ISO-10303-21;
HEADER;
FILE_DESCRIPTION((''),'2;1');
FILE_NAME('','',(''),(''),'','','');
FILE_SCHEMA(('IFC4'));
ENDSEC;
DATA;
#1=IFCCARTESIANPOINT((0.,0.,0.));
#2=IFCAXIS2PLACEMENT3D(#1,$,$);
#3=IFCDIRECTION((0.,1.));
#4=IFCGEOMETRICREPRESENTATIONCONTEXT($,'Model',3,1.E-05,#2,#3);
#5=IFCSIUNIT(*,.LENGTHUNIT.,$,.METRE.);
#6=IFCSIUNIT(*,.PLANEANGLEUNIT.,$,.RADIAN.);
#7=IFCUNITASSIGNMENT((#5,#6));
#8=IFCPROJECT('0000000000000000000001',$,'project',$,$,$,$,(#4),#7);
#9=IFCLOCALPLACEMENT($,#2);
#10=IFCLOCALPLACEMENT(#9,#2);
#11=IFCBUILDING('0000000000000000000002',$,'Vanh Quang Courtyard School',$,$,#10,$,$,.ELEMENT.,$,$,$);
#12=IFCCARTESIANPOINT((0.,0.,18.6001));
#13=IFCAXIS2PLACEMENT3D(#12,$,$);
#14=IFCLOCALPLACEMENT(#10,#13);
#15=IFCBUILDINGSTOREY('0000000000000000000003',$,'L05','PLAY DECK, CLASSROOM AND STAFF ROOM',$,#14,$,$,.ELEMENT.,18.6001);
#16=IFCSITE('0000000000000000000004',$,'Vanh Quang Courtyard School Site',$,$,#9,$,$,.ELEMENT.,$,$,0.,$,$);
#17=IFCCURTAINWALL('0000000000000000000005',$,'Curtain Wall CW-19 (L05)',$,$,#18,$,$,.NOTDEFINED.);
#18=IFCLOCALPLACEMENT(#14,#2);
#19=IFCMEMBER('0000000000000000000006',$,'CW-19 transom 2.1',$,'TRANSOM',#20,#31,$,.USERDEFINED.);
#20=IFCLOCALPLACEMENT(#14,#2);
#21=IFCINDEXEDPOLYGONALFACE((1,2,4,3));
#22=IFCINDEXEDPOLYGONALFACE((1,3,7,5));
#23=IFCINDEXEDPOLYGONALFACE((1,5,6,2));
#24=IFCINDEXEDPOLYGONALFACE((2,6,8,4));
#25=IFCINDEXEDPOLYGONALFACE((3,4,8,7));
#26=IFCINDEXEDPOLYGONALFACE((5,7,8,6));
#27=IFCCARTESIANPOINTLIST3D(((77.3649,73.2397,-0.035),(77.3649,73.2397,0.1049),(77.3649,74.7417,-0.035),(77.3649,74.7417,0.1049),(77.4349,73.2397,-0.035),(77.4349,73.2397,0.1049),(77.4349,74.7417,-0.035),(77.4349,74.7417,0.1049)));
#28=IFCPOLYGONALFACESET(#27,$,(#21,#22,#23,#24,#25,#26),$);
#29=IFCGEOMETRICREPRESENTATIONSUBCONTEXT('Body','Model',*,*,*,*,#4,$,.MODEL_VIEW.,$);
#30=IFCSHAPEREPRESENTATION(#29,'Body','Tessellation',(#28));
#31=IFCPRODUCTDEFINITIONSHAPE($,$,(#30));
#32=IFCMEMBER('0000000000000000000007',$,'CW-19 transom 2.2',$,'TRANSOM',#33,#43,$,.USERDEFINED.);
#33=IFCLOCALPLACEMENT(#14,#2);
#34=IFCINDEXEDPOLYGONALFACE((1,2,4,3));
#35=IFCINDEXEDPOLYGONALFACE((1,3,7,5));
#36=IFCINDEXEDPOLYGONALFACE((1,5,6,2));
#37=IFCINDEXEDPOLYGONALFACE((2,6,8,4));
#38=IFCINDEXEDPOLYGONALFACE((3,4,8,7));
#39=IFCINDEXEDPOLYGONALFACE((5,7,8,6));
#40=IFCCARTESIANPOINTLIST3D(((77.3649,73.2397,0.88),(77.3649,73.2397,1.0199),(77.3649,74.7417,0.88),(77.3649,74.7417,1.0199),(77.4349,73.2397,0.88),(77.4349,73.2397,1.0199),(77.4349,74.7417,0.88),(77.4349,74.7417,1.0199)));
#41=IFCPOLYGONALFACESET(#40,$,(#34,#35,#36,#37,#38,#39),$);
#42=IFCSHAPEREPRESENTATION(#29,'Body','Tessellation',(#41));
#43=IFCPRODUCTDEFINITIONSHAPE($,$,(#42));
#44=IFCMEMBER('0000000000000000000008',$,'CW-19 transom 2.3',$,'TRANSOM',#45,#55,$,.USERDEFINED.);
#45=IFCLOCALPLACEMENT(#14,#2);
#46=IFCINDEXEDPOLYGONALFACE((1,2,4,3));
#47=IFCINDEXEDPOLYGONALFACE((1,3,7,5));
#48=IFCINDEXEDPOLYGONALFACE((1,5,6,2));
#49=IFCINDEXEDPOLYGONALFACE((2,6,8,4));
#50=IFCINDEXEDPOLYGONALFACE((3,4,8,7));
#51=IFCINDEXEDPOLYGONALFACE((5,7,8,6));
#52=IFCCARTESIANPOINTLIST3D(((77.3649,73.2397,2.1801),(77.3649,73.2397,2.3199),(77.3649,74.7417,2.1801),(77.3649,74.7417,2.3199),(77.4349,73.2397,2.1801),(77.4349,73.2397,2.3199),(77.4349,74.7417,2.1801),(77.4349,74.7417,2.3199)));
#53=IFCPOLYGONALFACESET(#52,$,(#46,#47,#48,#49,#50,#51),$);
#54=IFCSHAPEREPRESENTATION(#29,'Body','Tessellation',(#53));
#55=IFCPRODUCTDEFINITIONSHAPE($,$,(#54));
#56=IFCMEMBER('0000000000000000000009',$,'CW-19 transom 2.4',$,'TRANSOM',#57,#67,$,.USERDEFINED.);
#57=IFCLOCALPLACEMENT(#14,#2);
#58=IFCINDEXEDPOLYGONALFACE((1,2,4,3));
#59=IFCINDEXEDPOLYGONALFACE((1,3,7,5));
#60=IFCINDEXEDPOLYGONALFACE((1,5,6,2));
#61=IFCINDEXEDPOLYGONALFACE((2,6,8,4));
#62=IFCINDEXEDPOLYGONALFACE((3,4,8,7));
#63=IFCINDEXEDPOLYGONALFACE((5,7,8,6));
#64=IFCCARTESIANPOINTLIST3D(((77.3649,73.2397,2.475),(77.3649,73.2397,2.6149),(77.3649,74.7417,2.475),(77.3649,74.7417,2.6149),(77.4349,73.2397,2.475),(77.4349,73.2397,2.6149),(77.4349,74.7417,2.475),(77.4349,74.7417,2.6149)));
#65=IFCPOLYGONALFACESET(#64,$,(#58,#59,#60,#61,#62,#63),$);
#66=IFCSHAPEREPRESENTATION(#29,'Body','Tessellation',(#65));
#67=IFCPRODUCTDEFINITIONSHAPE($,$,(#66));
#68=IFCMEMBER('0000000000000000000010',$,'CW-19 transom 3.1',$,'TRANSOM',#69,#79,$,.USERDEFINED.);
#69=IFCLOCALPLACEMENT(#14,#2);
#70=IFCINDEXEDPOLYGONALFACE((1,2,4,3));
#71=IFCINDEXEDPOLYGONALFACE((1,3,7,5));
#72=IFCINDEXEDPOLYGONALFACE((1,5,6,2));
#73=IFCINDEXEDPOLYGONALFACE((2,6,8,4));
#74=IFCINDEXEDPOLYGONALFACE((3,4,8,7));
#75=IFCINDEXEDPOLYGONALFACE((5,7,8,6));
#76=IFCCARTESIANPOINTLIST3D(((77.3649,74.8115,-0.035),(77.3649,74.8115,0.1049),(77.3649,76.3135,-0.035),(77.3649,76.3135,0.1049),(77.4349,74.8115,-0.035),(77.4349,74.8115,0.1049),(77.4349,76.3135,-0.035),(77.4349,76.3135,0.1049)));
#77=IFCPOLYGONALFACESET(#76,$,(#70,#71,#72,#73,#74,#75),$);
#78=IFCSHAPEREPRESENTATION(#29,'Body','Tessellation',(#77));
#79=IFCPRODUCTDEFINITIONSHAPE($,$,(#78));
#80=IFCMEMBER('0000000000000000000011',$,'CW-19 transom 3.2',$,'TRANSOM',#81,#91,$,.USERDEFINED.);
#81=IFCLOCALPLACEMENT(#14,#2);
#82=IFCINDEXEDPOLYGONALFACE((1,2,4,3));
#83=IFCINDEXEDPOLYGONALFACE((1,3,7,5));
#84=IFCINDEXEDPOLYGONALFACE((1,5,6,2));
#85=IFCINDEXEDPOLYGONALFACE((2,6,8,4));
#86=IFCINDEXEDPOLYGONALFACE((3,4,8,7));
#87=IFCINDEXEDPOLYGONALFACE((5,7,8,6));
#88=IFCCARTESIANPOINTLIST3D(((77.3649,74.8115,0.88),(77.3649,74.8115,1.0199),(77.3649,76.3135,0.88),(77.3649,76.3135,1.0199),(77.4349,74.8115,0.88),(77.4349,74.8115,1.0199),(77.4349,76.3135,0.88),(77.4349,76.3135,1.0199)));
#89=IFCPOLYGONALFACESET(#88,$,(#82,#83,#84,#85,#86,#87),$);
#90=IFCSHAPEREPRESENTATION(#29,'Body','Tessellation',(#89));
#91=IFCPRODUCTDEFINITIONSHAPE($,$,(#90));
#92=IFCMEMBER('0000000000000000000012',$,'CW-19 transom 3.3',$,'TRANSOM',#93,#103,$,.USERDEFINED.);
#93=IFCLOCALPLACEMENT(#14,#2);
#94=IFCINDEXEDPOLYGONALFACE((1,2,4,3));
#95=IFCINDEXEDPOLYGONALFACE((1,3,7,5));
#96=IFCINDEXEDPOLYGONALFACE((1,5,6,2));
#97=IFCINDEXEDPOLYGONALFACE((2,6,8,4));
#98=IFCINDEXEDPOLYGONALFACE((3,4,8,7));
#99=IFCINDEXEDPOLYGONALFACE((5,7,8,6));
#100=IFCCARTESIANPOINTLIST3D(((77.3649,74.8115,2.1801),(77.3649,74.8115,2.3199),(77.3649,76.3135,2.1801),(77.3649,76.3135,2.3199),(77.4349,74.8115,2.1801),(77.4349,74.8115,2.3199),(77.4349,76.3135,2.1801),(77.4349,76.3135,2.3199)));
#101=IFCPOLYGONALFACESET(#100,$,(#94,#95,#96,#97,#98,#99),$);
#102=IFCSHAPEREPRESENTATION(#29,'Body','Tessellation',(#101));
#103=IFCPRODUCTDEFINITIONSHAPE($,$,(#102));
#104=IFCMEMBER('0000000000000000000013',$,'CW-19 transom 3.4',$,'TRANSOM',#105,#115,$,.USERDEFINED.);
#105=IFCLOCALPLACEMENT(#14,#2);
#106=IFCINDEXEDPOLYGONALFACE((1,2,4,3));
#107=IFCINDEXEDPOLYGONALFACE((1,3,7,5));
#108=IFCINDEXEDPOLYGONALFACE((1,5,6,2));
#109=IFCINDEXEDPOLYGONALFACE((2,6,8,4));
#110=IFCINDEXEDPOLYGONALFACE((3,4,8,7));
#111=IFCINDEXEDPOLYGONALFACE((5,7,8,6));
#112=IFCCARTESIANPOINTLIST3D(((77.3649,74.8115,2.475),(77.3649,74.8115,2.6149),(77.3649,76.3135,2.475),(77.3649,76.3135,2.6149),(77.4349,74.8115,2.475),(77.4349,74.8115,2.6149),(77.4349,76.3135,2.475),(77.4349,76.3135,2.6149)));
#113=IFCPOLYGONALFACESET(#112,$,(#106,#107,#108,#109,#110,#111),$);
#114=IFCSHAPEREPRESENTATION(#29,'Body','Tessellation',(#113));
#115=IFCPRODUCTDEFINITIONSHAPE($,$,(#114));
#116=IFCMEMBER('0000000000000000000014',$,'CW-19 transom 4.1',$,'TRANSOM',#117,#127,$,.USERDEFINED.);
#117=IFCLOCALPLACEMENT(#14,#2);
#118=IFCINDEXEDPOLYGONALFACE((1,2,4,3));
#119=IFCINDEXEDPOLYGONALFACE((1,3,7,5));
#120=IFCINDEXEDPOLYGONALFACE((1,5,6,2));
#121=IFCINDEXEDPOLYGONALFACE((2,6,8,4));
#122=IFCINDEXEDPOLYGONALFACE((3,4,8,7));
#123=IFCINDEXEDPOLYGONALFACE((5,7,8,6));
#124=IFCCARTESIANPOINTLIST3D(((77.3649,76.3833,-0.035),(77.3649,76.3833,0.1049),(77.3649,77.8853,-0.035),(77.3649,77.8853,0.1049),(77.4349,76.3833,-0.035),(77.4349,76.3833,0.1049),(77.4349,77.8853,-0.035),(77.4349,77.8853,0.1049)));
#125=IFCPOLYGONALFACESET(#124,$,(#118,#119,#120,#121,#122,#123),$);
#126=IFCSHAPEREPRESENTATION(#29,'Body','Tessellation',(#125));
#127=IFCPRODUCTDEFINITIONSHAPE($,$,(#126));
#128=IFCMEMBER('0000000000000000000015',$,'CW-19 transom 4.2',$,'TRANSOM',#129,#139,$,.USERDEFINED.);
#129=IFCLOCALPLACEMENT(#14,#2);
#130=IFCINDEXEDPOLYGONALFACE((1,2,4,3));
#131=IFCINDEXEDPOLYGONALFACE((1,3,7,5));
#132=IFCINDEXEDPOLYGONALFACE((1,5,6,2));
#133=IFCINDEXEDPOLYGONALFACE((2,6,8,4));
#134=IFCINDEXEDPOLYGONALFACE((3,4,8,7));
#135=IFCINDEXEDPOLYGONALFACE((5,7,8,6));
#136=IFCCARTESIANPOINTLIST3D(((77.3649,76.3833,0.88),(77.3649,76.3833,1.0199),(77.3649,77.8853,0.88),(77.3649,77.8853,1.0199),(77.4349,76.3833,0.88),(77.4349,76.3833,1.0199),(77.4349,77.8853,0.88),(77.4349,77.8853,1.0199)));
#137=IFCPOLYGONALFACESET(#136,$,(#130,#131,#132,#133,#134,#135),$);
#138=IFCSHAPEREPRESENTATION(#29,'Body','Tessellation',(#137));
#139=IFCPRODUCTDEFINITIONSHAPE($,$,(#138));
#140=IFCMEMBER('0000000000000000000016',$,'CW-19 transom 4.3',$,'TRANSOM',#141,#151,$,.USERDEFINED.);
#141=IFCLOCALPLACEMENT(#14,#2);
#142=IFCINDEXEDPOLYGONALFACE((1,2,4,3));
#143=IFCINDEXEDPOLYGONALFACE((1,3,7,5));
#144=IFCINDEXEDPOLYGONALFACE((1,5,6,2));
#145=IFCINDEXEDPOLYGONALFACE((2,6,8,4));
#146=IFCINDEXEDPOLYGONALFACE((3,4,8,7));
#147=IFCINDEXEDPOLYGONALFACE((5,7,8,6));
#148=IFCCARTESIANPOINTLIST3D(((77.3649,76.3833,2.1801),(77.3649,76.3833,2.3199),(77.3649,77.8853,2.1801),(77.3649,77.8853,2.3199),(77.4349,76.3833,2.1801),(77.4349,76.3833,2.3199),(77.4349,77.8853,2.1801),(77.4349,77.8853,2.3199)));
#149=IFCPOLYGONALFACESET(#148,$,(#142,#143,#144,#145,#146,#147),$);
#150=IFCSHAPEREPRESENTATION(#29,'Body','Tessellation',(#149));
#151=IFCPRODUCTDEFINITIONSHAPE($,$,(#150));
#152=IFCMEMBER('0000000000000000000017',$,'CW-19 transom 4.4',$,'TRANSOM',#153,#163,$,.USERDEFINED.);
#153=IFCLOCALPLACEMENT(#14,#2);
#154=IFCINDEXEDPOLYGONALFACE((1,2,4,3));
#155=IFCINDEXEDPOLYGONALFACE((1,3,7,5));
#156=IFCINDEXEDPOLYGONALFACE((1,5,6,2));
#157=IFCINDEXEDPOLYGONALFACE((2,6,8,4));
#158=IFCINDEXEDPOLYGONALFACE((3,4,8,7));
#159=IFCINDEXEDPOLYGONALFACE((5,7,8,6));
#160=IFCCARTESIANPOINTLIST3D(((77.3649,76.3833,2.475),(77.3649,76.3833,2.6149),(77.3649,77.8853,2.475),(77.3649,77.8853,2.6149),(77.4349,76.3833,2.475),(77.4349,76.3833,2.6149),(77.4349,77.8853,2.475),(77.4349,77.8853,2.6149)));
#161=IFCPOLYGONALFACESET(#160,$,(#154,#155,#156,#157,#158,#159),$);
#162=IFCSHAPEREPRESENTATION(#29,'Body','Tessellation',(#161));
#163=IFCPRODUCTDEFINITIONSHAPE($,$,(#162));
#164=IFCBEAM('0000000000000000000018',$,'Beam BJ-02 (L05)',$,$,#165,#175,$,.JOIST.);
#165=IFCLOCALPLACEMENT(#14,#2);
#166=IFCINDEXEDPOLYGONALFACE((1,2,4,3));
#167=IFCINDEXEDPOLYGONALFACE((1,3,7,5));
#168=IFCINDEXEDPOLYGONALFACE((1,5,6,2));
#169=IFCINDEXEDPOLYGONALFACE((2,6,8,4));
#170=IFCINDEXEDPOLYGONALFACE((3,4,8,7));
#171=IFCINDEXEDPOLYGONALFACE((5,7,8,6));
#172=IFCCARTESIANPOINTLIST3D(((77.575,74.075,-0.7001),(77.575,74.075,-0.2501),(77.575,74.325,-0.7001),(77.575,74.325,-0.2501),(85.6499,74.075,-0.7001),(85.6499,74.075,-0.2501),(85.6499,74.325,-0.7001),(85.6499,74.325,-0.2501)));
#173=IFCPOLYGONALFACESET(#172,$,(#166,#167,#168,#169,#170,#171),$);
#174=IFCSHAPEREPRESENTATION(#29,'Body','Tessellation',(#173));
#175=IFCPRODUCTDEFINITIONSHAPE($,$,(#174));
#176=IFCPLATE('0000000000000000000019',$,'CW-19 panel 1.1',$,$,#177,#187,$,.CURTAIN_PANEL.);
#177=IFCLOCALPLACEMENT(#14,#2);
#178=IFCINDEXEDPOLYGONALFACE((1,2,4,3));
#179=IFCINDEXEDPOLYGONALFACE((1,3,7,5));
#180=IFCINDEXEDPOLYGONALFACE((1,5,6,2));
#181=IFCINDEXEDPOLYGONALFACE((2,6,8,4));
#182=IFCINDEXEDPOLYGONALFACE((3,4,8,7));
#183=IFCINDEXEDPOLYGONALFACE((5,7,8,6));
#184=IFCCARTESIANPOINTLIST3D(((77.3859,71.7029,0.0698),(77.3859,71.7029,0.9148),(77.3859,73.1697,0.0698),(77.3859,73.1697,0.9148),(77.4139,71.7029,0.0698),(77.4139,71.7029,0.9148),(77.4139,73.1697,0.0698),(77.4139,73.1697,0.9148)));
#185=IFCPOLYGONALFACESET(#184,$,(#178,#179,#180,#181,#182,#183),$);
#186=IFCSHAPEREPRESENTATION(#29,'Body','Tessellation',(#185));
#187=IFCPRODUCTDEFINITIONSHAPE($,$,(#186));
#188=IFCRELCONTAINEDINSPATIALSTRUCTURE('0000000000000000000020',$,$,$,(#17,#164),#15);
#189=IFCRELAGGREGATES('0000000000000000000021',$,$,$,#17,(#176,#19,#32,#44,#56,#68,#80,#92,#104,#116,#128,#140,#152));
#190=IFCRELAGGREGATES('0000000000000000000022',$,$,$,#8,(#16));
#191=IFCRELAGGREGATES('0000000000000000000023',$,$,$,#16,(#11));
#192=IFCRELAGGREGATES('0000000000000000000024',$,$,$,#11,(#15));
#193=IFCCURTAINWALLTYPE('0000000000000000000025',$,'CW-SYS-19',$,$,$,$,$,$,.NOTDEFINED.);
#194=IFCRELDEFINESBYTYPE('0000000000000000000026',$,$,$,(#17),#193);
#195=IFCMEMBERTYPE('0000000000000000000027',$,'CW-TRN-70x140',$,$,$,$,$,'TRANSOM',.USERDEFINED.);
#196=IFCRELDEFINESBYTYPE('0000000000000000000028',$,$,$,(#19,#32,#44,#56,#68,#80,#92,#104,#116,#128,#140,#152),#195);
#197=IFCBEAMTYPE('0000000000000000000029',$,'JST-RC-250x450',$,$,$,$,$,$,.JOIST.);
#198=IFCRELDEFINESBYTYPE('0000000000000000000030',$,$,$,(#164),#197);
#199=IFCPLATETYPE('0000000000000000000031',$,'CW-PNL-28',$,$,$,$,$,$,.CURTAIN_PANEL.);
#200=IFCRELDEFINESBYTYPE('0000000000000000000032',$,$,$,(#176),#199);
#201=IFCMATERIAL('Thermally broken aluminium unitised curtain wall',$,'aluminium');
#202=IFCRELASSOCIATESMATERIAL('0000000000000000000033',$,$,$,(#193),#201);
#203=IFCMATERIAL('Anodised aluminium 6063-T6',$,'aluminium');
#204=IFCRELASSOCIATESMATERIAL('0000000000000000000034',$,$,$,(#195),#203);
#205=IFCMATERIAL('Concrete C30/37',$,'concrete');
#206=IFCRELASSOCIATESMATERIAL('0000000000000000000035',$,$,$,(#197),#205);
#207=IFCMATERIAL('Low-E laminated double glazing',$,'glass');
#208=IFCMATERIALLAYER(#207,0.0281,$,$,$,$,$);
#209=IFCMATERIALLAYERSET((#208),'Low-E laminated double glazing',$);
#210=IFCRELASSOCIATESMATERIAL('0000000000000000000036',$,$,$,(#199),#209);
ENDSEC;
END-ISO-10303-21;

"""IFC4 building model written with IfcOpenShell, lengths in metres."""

from ifc_helpers import new_model, si_unit, direction, frame, origin, origin_2d, place, context, subcontext, project, spatial, rectangle, extrude, material, layer, layer_set, material_profile, profile_set, type_object, element, aggregate, save


model = new_model("IFC4")

# Units and contexts
model_context = context("Model", 3, precision=1e-05, world=origin(), true_north=direction((0.0, 1.0)))
body_context = subcontext(model_context, "Body", "Model", "MODEL_VIEW")
ifc_project = project(units=[si_unit("LENGTHUNIT", "METRE"), si_unit("PLANEANGLEUNIT", "RADIAN")], contexts=[model_context])

# Site, building, storey
site_placement = place(None, origin())
site = spatial("IfcSite", under=ifc_project, at=site_placement, Name="Vanh Quang Courtyard School Site", CompositionType="ELEMENT", RefElevation=0.0)
building_placement = place(site_placement, origin())
building = spatial("IfcBuilding", under=site, at=building_placement, Name="Vanh Quang Courtyard School", CompositionType="ELEMENT")
storey_placement = place(building_placement, frame((0.0, 0.0, 18.6001)))
storey = spatial("IfcBuildingStorey", under=building, at=storey_placement, Name="L05", Description="PLAY DECK, CLASSROOM AND STAFF ROOM", CompositionType="ELEMENT", Elevation=18.6001)

# Curtain wall, members
ifc_material_1 = material(Name="Thermally broken aluminium unitised curtain wall", Category="aluminium")
curtain_wall_type = type_object("IfcCurtainWallType", Name="CW-SYS-19", PredefinedType="NOTDEFINED", material=ifc_material_1)
curtain_wall_placement = place(storey_placement, origin())
curtain_wall = element("IfcCurtainWall", 1, at=curtain_wall_placement, inside=storey, type_object=curtain_wall_type, Name="Curtain Wall CW-19 (L05)", PredefinedType="NOTDEFINED")
ifc_material_2 = material(Name="Anodised aluminium 6063-T6", Category="aluminium")
ifc_material_profile_1 = material_profile(ifc_material_2, rectangle(XDim=0.0701, YDim=0.1399, at=origin_2d()), Name="ALU-TRN 70x140")
ifc_profile_set_1 = profile_set([ifc_material_profile_1], Name="Anodised aluminium 6063-T6")
member_type_1 = type_object("IfcMemberType", Name="CW-TRN-70x140", ElementType="TRANSOM", PredefinedType="USERDEFINED", material=ifc_profile_set_1)
member_1_placement = place(storey_placement, frame((77.3999, 73.2397, 0.0349), z_axis=(0.0, 1.0, 0.0), x_axis=(-1.0, 0.0, 0.0)))
member_1 = element("IfcMember", 2, at=member_1_placement, type_object=member_type_1, Name="CW-19 transom 2.1", ObjectType="TRANSOM", PredefinedType="USERDEFINED", context=body_context, shape_type="SweptSolid", body=[
    extrude(rectangle(XDim=0.0701, YDim=0.1399, at=origin_2d()), origin(), (0.0, 0.0, 1.0), 1.502),
])
member_2_placement = place(storey_placement, frame((77.3999, 73.2397, 0.95), z_axis=(0.0, 1.0, 0.0), x_axis=(-1.0, 0.0, 0.0)))
member_2 = element("IfcMember", 3, at=member_2_placement, type_object=member_type_1, Name="CW-19 transom 2.2", ObjectType="TRANSOM", PredefinedType="USERDEFINED", context=body_context, shape_type="SweptSolid", body=[
    extrude(rectangle(XDim=0.0701, YDim=0.1399, at=origin_2d()), origin(), (0.0, 0.0, 1.0), 1.502),
])
member_3_placement = place(storey_placement, frame((77.3999, 73.2397, 2.25), z_axis=(0.0, 1.0, 0.0), x_axis=(-1.0, 0.0, 0.0)))
member_3 = element("IfcMember", 4, at=member_3_placement, type_object=member_type_1, Name="CW-19 transom 2.3", ObjectType="TRANSOM", PredefinedType="USERDEFINED", context=body_context, shape_type="SweptSolid", body=[
    extrude(rectangle(XDim=0.0701, YDim=0.1399, at=origin_2d()), origin(), (0.0, 0.0, 1.0), 1.502),
])
member_4_placement = place(storey_placement, frame((77.3999, 73.2397, 2.5449), z_axis=(0.0, 1.0, 0.0), x_axis=(-1.0, 0.0, 0.0)))
member_4 = element("IfcMember", 5, at=member_4_placement, type_object=member_type_1, Name="CW-19 transom 2.4", ObjectType="TRANSOM", PredefinedType="USERDEFINED", context=body_context, shape_type="SweptSolid", body=[
    extrude(rectangle(XDim=0.0701, YDim=0.1399, at=origin_2d()), origin(), (0.0, 0.0, 1.0), 1.502),
])
member_5_placement = place(storey_placement, frame((77.3999, 74.8115, 0.0349), z_axis=(0.0, 1.0, 0.0), x_axis=(-1.0, 0.0, 0.0)))
member_5 = element("IfcMember", 6, at=member_5_placement, type_object=member_type_1, Name="CW-19 transom 3.1", ObjectType="TRANSOM", PredefinedType="USERDEFINED", context=body_context, shape_type="SweptSolid", body=[
    extrude(rectangle(XDim=0.0701, YDim=0.1399, at=origin_2d()), origin(), (0.0, 0.0, 1.0), 1.502),
])
member_6_placement = place(storey_placement, frame((77.3999, 74.8115, 0.95), z_axis=(0.0, 1.0, 0.0), x_axis=(-1.0, 0.0, 0.0)))
member_6 = element("IfcMember", 7, at=member_6_placement, type_object=member_type_1, Name="CW-19 transom 3.2", ObjectType="TRANSOM", PredefinedType="USERDEFINED", context=body_context, shape_type="SweptSolid", body=[
    extrude(rectangle(XDim=0.0701, YDim=0.1399, at=origin_2d()), origin(), (0.0, 0.0, 1.0), 1.502),
])
member_7_placement = place(storey_placement, frame((77.3999, 74.8115, 2.25), z_axis=(0.0, 1.0, 0.0), x_axis=(-1.0, 0.0, 0.0)))
member_7 = element("IfcMember", 8, at=member_7_placement, type_object=member_type_1, Name="CW-19 transom 3.3", ObjectType="TRANSOM", PredefinedType="USERDEFINED", context=body_context, shape_type="SweptSolid", body=[
    extrude(rectangle(XDim=0.0701, YDim=0.1399, at=origin_2d()), origin(), (0.0, 0.0, 1.0), 1.502),
])
member_8_placement = place(storey_placement, frame((77.3999, 74.8115, 2.5449), z_axis=(0.0, 1.0, 0.0), x_axis=(-1.0, 0.0, 0.0)))
member_8 = element("IfcMember", 9, at=member_8_placement, type_object=member_type_1, Name="CW-19 transom 3.4", ObjectType="TRANSOM", PredefinedType="USERDEFINED", context=body_context, shape_type="SweptSolid", body=[
    extrude(rectangle(XDim=0.0701, YDim=0.1399, at=origin_2d()), origin(), (0.0, 0.0, 1.0), 1.502),
])
member_9_placement = place(storey_placement, frame((77.3999, 76.3833, 0.0349), z_axis=(0.0, 1.0, 0.0), x_axis=(-1.0, 0.0, 0.0)))
member_9 = element("IfcMember", 10, at=member_9_placement, type_object=member_type_1, Name="CW-19 transom 4.1", ObjectType="TRANSOM", PredefinedType="USERDEFINED", context=body_context, shape_type="SweptSolid", body=[
    extrude(rectangle(XDim=0.0701, YDim=0.1399, at=origin_2d()), origin(), (0.0, 0.0, 1.0), 1.502),
])
member_10_placement = place(storey_placement, frame((77.3999, 76.3833, 0.95), z_axis=(0.0, 1.0, 0.0), x_axis=(-1.0, 0.0, 0.0)))
member_10 = element("IfcMember", 11, at=member_10_placement, type_object=member_type_1, Name="CW-19 transom 4.2", ObjectType="TRANSOM", PredefinedType="USERDEFINED", context=body_context, shape_type="SweptSolid", body=[
    extrude(rectangle(XDim=0.0701, YDim=0.1399, at=origin_2d()), origin(), (0.0, 0.0, 1.0), 1.502),
])
member_11_placement = place(storey_placement, frame((77.3999, 76.3833, 2.25), z_axis=(0.0, 1.0, 0.0), x_axis=(-1.0, 0.0, 0.0)))
member_11 = element("IfcMember", 12, at=member_11_placement, type_object=member_type_1, Name="CW-19 transom 4.3", ObjectType="TRANSOM", PredefinedType="USERDEFINED", context=body_context, shape_type="SweptSolid", body=[
    extrude(rectangle(XDim=0.0701, YDim=0.1399, at=origin_2d()), origin(), (0.0, 0.0, 1.0), 1.502),
])
member_12_placement = place(storey_placement, frame((77.3999, 76.3833, 2.5449), z_axis=(0.0, 1.0, 0.0), x_axis=(-1.0, 0.0, 0.0)))
member_12 = element("IfcMember", 13, at=member_12_placement, type_object=member_type_1, Name="CW-19 transom 4.4", ObjectType="TRANSOM", PredefinedType="USERDEFINED", context=body_context, shape_type="SweptSolid", body=[
    extrude(rectangle(XDim=0.0701, YDim=0.1399, at=origin_2d()), origin(), (0.0, 0.0, 1.0), 1.502),
])

# Beam
ifc_material_3 = material(Name="Concrete C30/37", Category="concrete")
ifc_material_profile_2 = material_profile(ifc_material_3, rectangle(XDim=0.25, YDim=0.45, at=origin_2d()), Name="RC-JST 250x450")
ifc_profile_set_2 = profile_set([ifc_material_profile_2], Name="Concrete C30/37")
beam_type_1 = type_object("IfcBeamType", Name="JST-RC-250x450", PredefinedType="JOIST", material=ifc_profile_set_2)
beam_1_placement = place(storey_placement, frame((77.575, 74.2, -0.4751), z_axis=(1.0, 0.0, 0.0), x_axis=(0.0, 1.0, 0.0)))
element("IfcBeam", 14, at=beam_1_placement, inside=storey, type_object=beam_type_1, Name="Beam BJ-02 (L05)", PredefinedType="JOIST", context=body_context, shape_type="SweptSolid", body=[
    extrude(rectangle(XDim=0.25, YDim=0.45, at=origin_2d()), origin(), (0.0, 0.0, 1.0), 8.075),
])

# Plate
ifc_material_4 = material(Name="Low-E laminated double glazing", Category="glass")
ifc_layer_1 = layer(ifc_material_4, 0.0281)
ifc_layer_set_1 = layer_set([ifc_layer_1], Name="Low-E laminated double glazing")
plate_type = type_object("IfcPlateType", Name="CW-PNL-28", PredefinedType="CURTAIN_PANEL", material=ifc_layer_set_1)
plate_1_placement = place(storey_placement, frame((77.3999, 72.4363, 0.0698), z_axis=(0.0, 0.0, 1.0), x_axis=(0.0, 1.0, 0.0)))
plate_1 = element("IfcPlate", 15, at=plate_1_placement, type_object=plate_type, Name="CW-19 panel 1.1", PredefinedType="CURTAIN_PANEL", context=body_context, shape_type="SweptSolid", body=[
    extrude(rectangle(XDim=1.4668, YDim=0.0281, at=origin_2d()), origin(), (0.0, 0.0, 1.0), 0.845),
])
aggregate(curtain_wall, [plate_1, member_1, member_2, member_3, member_4, member_5, member_6, member_7, member_8, member_9, member_10, member_11, member_12])

save(model, "model.ifc")
